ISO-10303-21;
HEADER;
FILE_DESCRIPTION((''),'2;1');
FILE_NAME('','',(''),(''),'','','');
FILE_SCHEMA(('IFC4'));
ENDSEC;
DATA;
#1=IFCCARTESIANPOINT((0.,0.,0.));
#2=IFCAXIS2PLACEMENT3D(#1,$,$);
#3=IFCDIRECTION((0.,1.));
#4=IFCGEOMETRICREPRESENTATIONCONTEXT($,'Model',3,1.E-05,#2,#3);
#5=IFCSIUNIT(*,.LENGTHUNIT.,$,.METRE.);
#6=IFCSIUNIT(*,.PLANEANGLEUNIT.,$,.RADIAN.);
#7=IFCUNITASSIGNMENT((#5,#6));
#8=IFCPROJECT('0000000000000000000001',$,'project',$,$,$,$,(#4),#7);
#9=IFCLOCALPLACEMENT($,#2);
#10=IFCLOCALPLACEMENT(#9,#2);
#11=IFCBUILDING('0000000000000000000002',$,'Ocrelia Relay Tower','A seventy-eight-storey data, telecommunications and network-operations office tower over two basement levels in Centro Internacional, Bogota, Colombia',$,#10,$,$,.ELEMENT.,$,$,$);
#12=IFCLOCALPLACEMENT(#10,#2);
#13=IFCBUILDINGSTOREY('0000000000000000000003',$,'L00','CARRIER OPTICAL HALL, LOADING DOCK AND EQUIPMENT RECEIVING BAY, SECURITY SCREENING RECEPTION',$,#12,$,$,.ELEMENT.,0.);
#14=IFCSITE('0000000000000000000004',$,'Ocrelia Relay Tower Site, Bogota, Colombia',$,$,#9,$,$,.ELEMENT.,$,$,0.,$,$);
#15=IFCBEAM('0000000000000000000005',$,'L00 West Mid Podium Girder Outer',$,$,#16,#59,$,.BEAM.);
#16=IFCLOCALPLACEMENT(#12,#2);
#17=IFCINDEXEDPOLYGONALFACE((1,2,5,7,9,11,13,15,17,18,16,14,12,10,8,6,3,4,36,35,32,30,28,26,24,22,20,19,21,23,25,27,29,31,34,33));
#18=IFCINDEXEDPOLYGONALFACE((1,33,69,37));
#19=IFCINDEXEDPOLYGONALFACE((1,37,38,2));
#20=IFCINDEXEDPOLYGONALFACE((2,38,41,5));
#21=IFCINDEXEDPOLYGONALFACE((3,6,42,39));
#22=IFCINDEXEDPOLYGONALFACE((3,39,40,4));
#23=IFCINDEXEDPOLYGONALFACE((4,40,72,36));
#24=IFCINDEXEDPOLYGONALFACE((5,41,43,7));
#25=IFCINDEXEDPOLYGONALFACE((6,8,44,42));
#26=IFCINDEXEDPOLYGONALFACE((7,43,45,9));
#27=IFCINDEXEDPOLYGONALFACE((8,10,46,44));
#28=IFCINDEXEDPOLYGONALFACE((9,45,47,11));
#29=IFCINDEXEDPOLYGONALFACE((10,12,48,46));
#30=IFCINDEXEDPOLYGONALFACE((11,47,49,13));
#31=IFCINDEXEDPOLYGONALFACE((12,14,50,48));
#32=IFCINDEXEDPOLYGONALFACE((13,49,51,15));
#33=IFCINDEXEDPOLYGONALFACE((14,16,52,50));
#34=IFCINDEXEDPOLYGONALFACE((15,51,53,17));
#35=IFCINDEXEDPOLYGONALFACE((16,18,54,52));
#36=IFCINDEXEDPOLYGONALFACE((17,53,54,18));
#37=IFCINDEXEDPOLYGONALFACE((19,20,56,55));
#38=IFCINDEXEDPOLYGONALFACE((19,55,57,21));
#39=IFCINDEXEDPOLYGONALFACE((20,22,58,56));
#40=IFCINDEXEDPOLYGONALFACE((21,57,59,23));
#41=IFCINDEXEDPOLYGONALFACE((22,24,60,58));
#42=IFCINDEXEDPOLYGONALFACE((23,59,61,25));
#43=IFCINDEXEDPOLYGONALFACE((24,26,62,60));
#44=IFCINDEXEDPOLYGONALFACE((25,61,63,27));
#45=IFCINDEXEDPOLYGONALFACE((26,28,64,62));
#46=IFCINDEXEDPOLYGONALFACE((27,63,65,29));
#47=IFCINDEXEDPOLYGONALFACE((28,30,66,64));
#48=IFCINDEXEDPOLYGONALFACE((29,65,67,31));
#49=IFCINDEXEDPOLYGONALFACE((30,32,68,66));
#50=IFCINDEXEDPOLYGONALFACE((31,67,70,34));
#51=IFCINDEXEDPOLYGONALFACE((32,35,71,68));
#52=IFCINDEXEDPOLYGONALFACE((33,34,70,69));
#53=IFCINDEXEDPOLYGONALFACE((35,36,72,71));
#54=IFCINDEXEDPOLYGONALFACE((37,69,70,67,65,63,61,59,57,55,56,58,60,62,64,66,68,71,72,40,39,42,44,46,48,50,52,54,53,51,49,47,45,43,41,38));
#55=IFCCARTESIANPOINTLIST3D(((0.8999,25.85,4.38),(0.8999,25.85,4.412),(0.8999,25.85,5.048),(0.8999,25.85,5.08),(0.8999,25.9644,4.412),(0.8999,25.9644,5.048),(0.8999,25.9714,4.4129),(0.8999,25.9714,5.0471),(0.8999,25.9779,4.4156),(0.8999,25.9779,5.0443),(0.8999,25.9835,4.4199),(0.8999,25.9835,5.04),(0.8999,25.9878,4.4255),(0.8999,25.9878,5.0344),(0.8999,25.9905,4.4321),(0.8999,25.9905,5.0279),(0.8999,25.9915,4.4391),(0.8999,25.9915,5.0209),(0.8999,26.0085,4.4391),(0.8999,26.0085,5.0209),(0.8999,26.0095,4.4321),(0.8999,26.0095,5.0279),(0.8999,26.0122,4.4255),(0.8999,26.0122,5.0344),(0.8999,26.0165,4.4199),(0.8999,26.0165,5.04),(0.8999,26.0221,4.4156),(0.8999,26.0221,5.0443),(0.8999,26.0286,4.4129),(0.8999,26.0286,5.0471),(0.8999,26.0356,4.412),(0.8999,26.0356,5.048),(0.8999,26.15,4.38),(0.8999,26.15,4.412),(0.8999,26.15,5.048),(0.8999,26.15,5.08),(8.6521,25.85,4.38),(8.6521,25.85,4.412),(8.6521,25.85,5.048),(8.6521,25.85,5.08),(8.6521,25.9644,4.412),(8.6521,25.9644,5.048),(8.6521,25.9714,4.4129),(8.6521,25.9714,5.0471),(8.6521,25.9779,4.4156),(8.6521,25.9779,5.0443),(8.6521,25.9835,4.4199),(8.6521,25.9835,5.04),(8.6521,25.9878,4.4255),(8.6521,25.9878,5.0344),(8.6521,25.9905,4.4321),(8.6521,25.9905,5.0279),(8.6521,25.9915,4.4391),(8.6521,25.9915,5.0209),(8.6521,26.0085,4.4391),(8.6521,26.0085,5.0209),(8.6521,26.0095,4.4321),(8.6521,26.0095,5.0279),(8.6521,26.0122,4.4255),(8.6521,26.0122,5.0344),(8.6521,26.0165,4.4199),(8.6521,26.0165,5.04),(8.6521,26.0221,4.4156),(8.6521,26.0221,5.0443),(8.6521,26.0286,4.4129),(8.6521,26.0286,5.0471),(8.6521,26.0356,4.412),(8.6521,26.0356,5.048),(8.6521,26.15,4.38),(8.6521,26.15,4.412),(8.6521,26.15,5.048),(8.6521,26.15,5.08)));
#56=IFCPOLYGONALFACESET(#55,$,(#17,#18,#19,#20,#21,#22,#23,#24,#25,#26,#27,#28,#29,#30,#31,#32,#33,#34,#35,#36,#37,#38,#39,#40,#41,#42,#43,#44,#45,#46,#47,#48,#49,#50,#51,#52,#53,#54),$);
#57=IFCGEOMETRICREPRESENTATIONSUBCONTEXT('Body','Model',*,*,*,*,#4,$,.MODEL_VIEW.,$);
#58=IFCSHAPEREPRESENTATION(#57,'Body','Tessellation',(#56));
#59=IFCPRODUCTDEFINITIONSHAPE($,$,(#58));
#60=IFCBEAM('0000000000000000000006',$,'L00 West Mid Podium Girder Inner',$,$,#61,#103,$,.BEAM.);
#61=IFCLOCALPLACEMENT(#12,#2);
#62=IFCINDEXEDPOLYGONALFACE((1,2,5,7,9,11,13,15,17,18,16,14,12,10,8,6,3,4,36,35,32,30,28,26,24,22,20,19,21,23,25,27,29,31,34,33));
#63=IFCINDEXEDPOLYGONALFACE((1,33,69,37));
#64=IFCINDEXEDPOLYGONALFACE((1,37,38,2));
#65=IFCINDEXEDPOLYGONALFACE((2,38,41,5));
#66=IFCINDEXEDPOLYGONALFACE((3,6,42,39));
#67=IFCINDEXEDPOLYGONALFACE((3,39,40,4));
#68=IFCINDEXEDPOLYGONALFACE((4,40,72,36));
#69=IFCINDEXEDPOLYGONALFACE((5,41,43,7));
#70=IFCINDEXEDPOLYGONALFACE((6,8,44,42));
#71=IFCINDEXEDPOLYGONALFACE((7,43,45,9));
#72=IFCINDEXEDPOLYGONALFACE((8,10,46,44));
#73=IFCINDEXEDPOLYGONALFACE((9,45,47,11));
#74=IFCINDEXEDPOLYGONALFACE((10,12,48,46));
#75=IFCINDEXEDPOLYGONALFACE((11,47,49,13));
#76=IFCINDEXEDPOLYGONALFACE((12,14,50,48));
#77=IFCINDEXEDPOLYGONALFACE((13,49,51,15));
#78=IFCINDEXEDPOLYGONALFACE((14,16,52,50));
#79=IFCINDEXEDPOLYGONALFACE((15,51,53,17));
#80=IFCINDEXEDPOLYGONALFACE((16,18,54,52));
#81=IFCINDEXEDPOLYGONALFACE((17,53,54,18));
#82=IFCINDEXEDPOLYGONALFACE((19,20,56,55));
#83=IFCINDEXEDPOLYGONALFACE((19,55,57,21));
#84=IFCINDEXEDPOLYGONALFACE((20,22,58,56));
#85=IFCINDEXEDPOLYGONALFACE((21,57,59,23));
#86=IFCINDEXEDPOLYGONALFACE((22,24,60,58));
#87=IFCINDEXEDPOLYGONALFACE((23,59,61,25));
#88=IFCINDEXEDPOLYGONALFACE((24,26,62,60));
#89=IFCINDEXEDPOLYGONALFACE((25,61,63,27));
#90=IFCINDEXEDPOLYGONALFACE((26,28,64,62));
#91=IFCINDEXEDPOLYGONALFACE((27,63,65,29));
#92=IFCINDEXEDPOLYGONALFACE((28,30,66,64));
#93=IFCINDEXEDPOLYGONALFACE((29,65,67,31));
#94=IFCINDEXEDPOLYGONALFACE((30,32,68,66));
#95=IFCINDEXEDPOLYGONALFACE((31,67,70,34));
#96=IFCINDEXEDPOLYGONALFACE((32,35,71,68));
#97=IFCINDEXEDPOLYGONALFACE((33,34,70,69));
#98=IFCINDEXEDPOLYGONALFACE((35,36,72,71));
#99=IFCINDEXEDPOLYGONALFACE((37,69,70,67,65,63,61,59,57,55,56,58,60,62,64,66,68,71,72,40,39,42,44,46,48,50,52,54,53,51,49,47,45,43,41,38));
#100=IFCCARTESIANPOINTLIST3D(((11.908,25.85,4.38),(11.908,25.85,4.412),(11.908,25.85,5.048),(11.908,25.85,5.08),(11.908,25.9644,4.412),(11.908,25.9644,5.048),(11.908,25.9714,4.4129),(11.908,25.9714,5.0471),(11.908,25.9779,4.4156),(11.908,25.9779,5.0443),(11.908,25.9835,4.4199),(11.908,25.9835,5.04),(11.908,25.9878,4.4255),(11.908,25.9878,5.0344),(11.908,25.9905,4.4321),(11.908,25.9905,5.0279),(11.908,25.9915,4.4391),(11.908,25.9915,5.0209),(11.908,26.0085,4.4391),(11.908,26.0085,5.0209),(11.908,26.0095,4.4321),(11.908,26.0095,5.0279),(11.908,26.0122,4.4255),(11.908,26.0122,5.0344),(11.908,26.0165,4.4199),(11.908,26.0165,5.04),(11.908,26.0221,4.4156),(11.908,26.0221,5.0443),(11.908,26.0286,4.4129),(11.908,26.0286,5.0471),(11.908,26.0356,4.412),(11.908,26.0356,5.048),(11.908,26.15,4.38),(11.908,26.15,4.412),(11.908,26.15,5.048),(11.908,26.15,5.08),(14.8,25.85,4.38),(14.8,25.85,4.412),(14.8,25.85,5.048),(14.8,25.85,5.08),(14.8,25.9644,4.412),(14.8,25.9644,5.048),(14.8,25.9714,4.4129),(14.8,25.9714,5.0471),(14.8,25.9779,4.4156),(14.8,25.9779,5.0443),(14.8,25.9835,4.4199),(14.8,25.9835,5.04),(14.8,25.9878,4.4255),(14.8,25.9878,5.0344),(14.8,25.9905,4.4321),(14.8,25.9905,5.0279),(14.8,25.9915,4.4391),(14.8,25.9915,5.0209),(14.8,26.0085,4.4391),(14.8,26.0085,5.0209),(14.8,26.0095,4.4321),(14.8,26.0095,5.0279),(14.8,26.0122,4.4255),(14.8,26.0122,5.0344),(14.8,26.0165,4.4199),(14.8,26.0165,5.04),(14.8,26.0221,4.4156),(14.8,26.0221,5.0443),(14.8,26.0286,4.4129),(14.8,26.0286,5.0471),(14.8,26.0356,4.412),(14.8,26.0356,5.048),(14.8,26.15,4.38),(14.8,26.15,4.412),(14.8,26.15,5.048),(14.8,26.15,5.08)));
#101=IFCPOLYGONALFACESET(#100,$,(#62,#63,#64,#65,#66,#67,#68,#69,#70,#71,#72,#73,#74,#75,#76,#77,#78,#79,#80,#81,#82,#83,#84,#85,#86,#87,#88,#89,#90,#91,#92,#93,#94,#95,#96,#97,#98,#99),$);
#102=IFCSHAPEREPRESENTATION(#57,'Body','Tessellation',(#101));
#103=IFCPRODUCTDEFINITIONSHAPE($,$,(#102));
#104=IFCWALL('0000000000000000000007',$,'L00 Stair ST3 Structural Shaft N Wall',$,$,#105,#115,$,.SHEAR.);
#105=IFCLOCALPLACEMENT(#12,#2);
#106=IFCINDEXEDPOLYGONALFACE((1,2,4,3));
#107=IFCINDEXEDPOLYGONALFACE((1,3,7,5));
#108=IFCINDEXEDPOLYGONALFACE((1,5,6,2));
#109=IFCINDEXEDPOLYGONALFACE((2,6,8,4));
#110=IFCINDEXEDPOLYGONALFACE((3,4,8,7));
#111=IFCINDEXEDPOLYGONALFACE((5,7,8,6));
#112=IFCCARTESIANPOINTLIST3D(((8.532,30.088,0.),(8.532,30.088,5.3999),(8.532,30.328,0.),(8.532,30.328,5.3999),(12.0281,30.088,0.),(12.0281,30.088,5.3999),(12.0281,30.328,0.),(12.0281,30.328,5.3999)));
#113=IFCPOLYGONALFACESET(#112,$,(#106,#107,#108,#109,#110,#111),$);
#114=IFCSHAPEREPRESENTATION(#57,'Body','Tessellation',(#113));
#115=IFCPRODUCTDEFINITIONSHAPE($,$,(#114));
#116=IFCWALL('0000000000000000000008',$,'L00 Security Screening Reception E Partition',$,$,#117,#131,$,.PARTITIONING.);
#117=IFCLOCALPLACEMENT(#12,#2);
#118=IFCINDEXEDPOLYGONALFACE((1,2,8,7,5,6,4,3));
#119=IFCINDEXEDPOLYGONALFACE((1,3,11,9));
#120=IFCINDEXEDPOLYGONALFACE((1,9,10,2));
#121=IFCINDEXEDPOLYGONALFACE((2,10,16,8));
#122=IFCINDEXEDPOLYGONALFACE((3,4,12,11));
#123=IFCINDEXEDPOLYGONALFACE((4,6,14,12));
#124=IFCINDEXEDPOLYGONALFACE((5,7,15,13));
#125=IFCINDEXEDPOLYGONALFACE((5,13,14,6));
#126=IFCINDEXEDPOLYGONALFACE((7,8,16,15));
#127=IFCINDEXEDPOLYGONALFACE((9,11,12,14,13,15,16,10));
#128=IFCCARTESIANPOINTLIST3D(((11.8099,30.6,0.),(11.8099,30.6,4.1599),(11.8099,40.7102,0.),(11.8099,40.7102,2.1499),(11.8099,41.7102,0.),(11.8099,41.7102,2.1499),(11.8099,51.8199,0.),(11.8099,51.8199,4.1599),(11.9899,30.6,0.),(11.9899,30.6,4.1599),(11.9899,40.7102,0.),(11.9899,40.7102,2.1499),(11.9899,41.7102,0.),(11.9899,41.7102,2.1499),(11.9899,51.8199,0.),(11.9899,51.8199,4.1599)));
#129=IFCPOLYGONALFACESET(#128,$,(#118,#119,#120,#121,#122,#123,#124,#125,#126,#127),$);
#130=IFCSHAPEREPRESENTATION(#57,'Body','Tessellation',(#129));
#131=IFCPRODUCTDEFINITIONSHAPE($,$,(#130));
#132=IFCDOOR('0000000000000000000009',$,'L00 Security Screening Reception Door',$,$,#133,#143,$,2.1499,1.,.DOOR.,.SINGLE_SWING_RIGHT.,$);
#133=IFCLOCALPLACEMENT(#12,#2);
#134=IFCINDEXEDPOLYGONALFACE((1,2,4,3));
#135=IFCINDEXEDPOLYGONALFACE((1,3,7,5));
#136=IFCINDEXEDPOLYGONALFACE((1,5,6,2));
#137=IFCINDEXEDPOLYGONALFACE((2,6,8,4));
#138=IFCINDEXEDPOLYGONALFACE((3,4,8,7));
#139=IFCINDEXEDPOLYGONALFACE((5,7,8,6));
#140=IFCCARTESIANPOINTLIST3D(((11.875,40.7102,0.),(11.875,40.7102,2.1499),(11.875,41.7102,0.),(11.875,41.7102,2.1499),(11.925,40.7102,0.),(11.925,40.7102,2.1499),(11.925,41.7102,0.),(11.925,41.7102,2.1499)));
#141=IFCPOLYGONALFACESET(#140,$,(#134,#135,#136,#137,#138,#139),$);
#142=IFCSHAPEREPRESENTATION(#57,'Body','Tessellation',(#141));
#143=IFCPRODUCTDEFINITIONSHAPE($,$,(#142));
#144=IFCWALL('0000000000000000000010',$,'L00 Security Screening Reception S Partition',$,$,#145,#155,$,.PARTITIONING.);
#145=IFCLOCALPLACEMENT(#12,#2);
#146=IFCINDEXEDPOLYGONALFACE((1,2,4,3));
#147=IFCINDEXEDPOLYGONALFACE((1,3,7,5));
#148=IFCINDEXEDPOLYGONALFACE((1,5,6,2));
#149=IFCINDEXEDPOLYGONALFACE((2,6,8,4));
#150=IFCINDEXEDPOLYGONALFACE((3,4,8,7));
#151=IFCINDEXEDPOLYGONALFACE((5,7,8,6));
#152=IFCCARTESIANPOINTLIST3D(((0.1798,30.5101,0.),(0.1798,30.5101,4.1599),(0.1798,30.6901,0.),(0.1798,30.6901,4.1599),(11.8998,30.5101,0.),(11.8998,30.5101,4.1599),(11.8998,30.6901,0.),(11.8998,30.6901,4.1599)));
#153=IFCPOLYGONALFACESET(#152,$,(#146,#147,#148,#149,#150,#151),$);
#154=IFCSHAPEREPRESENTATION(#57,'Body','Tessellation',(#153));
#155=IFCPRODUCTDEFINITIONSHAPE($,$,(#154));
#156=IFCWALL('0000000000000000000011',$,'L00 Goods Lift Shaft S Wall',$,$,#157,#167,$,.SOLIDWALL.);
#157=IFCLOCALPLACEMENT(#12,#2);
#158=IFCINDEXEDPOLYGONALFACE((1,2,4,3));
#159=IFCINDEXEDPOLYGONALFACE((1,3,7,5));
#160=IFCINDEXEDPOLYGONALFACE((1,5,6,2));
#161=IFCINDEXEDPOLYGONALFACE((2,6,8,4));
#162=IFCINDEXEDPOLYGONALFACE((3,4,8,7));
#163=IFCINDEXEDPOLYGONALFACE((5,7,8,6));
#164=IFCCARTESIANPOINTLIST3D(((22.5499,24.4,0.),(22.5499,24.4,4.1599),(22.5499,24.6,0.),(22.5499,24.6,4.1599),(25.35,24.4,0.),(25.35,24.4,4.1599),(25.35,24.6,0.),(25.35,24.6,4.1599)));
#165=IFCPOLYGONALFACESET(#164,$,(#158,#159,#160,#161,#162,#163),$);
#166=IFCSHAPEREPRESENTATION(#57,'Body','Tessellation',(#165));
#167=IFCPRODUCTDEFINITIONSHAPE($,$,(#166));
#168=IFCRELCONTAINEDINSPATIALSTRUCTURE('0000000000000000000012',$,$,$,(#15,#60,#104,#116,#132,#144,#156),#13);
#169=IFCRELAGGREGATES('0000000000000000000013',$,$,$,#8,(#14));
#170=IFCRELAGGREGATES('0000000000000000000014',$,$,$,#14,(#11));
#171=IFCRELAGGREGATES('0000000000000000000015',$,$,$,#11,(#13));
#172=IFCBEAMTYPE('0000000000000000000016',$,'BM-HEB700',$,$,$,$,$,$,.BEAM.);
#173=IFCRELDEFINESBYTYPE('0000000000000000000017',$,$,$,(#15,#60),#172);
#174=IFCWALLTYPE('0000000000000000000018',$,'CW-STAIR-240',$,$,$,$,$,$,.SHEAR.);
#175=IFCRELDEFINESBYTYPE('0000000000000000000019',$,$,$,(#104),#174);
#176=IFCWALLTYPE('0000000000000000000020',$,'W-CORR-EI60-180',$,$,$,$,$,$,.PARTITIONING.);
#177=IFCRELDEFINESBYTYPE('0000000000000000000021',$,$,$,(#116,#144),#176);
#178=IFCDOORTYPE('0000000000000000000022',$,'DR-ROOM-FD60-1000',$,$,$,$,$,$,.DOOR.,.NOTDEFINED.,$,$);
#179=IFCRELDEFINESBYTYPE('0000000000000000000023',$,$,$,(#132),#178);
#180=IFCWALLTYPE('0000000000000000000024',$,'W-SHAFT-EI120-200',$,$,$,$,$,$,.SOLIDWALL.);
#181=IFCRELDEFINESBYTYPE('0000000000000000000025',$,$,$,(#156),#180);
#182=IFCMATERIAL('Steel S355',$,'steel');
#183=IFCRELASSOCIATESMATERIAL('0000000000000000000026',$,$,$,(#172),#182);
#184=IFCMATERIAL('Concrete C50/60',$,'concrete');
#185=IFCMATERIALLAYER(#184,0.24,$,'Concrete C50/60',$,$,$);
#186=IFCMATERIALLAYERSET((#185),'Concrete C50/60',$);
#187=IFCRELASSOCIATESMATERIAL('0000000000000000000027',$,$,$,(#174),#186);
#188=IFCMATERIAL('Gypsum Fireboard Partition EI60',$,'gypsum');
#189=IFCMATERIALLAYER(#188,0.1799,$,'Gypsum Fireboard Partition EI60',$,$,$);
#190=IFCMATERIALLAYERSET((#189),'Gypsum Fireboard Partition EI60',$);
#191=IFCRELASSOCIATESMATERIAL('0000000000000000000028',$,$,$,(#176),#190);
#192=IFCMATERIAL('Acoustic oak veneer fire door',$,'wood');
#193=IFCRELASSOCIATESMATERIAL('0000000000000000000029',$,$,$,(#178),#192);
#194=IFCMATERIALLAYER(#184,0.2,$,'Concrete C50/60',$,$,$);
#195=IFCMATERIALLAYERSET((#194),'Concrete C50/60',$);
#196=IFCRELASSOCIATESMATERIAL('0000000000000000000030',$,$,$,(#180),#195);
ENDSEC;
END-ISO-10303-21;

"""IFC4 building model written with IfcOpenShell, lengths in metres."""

from ifc_helpers import new_model, si_unit, direction, frame, frame_2d, origin, origin_2d, place, context, subcontext, project, spatial, rectangle, i_section, extrude, material, layer, layer_set, material_profile, profile_set, type_object, element, fill, save


model = new_model("IFC4")

# Units and contexts
model_context = context("Model", 3, precision=1e-05, world=origin(), true_north=direction((0.0, 1.0)))
body_context = subcontext(model_context, "Body", "Model", "MODEL_VIEW")
ifc_project = project(units=[si_unit("LENGTHUNIT", "METRE"), si_unit("PLANEANGLEUNIT", "RADIAN")], contexts=[model_context])

# Site, building, storey
site_placement = place(None, origin())
site = spatial("IfcSite", under=ifc_project, at=site_placement, Name="Ocrelia Relay Tower Site, Bogota, Colombia", CompositionType="ELEMENT", RefElevation=0.0)
building_placement = place(site_placement, origin())
building = spatial("IfcBuilding", under=site, at=building_placement, Name="Ocrelia Relay Tower", Description="A seventy-eight-storey data, telecommunications and network-operations office tower over two basement levels in Centro Internacional, Bogota, Colombia", CompositionType="ELEMENT")
storey_placement = place(building_placement, origin())
storey = spatial("IfcBuildingStorey", under=building, at=storey_placement, Name="L00", Description="CARRIER OPTICAL HALL, LOADING DOCK AND EQUIPMENT RECEIVING BAY, SECURITY SCREENING RECEPTION", CompositionType="ELEMENT", Elevation=0.0)

# Beams
ifc_material_1 = material(Name="Steel S355", Category="steel")
ifc_material_profile_1 = material_profile(ifc_material_1, i_section(OverallWidth=0.3, OverallDepth=0.7, WebThickness=0.0171, FlangeThickness=0.032, FilletRadius=0.0271, at=origin_2d()), Name="HEB 700")
ifc_profile_set_1 = profile_set([ifc_material_profile_1], Name="Steel S355")
beam_type_1 = type_object("IfcBeamType", Name="BM-HEB700", PredefinedType="BEAM", material=ifc_profile_set_1)
beam_1_placement = place(storey_placement, frame((0.8999, 26.0, 4.73), z_axis=(1.0, 0.0, 0.0), x_axis=(0.0, 1.0, 0.0)))
element("IfcBeam", 1, at=beam_1_placement, inside=storey, type_object=beam_type_1, Name="L00 West Mid Podium Girder Outer", PredefinedType="BEAM", context=body_context, shape_type="SweptSolid", body=[
    extrude(i_section(OverallWidth=0.3, OverallDepth=0.7, WebThickness=0.0171, FlangeThickness=0.032, FilletRadius=0.0271, at=origin_2d()), origin(), (0.0, 0.0, 1.0), 7.7522),
])
beam_2_placement = place(storey_placement, frame((11.908, 26.0, 4.73), z_axis=(1.0, 0.0, 0.0), x_axis=(0.0, 1.0, 0.0)))
element("IfcBeam", 2, at=beam_2_placement, inside=storey, type_object=beam_type_1, Name="L00 West Mid Podium Girder Inner", PredefinedType="BEAM", context=body_context, shape_type="SweptSolid", body=[
    extrude(i_section(OverallWidth=0.3, OverallDepth=0.7, WebThickness=0.0171, FlangeThickness=0.032, FilletRadius=0.0271, at=origin_2d()), origin(), (0.0, 0.0, 1.0), 2.8921),
])

# Wall
ifc_material_2 = material(Name="Concrete C50/60", Category="concrete")
ifc_layer_1 = layer(ifc_material_2, 0.24, Name="Concrete C50/60")
ifc_layer_set_1 = layer_set([ifc_layer_1], Name="Concrete C50/60")
wall_type_1 = type_object("IfcWallType", Name="CW-STAIR-240", PredefinedType="SHEAR", material=ifc_layer_set_1)
wall_1_placement = place(storey_placement, frame((8.532, 30.208, 0.0), z_axis=(0.0, 0.0, 1.0), x_axis=(1.0, 0.0, 0.0)))
element("IfcWall", 3, at=wall_1_placement, inside=storey, type_object=wall_type_1, Name="L00 Stair ST3 Structural Shaft N Wall", PredefinedType="SHEAR", context=body_context, shape_type="SweptSolid", body=[
    extrude(rectangle(XDim=3.4961, YDim=0.24, at=frame_2d((1.748, 0.0))), origin(), (0.0, 0.0, 1.0), 5.3999),
])

# Wall, opening, door
ifc_material_3 = material(Name="Gypsum Fireboard Partition EI60", Category="gypsum")
ifc_layer_2 = layer(ifc_material_3, 0.1799, Name="Gypsum Fireboard Partition EI60")
ifc_layer_set_2 = layer_set([ifc_layer_2], Name="Gypsum Fireboard Partition EI60")
wall_type_2 = type_object("IfcWallType", Name="W-CORR-EI60-180", PredefinedType="PARTITIONING", material=ifc_layer_set_2)
wall_2_placement = place(storey_placement, frame((11.8999, 30.6001, 0.0), z_axis=(0.0, 0.0, 1.0), x_axis=(0.0, 1.0, 0.0)))
wall_2 = element("IfcWall", 4, at=wall_2_placement, inside=storey, type_object=wall_type_2, Name="L00 Security Screening Reception E Partition", PredefinedType="PARTITIONING", context=body_context, shape_type="SweptSolid", body=[
    extrude(rectangle(XDim=21.22, YDim=0.1799, at=frame_2d((10.6099, 0.0))), origin(), (0.0, 0.0, 1.0), 4.1599),
])
opening_1_placement = place(wall_2_placement, frame((10.1101, 0.0, 0.0)))
opening_1 = element("IfcOpeningElement", 5, at=opening_1_placement, cuts=wall_2, PredefinedType="OPENING", context=body_context, shape_type="SweptSolid", body=[
    extrude(rectangle(XDim=1.0, YDim=2.1499, at=frame_2d((0.5, 1.075))), frame((0.0, 0.1001, 0.0), z_axis=(0.0, -1.0, 0.0), x_axis=(1.0, 0.0, 0.0)), (0.0, 0.0, 1.0), 0.2),
])
ifc_material_4 = material(Name="Acoustic oak veneer fire door", Category="wood")
door_type_1 = type_object("IfcDoorType", Name="DR-ROOM-FD60-1000", OperationType="NOTDEFINED", PredefinedType="DOOR", material=ifc_material_4)
door_1_placement = place(opening_1_placement, origin())
door_1 = element("IfcDoor", 6, at=door_1_placement, inside=storey, type_object=door_type_1, Name="L00 Security Screening Reception Door", OperationType="SINGLE_SWING_RIGHT", OverallHeight=2.1499, OverallWidth=1.0, PredefinedType="DOOR", context=body_context, shape_type="SweptSolid", body=[
    extrude(rectangle(XDim=1.0, YDim=2.1499, at=frame_2d((0.5, 1.075))), frame((0.0, 0.0249, 0.0), z_axis=(0.0, -1.0, 0.0), x_axis=(1.0, 0.0, 0.0)), (0.0, 0.0, 1.0), 0.05),
])
fill(opening_1, door_1)

# Wall
wall_3_placement = place(storey_placement, frame((0.1799, 30.6001, 0.0), z_axis=(0.0, 0.0, 1.0), x_axis=(1.0, 0.0, 0.0)))
element("IfcWall", 7, at=wall_3_placement, inside=storey, type_object=wall_type_2, Name="L00 Security Screening Reception S Partition", PredefinedType="PARTITIONING", context=body_context, shape_type="SweptSolid", body=[
    extrude(rectangle(XDim=11.72, YDim=0.1799, at=frame_2d((5.8599, 0.0))), origin(), (0.0, 0.0, 1.0), 4.1599),
])

# Shared definitions
ifc_layer_3 = layer(ifc_material_2, 0.2, Name="Concrete C50/60")
ifc_layer_set_3 = layer_set([ifc_layer_3], Name="Concrete C50/60")
wall_type_3 = type_object("IfcWallType", Name="W-SHAFT-EI120-200", PredefinedType="SOLIDWALL", material=ifc_layer_set_3)

# Wall
wall_4_placement = place(storey_placement, frame((22.55, 24.5, 0.0), z_axis=(0.0, 0.0, 1.0), x_axis=(1.0, 0.0, 0.0)))
element("IfcWall", 8, at=wall_4_placement, inside=storey, type_object=wall_type_3, Name="L00 Goods Lift Shaft S Wall", PredefinedType="SOLIDWALL", context=body_context, shape_type="SweptSolid", body=[
    extrude(rectangle(XDim=2.8, YDim=0.2, at=frame_2d((1.3999, 0.0))), origin(), (0.0, 0.0, 1.0), 4.1599),
])

save(model, "model.ifc")
